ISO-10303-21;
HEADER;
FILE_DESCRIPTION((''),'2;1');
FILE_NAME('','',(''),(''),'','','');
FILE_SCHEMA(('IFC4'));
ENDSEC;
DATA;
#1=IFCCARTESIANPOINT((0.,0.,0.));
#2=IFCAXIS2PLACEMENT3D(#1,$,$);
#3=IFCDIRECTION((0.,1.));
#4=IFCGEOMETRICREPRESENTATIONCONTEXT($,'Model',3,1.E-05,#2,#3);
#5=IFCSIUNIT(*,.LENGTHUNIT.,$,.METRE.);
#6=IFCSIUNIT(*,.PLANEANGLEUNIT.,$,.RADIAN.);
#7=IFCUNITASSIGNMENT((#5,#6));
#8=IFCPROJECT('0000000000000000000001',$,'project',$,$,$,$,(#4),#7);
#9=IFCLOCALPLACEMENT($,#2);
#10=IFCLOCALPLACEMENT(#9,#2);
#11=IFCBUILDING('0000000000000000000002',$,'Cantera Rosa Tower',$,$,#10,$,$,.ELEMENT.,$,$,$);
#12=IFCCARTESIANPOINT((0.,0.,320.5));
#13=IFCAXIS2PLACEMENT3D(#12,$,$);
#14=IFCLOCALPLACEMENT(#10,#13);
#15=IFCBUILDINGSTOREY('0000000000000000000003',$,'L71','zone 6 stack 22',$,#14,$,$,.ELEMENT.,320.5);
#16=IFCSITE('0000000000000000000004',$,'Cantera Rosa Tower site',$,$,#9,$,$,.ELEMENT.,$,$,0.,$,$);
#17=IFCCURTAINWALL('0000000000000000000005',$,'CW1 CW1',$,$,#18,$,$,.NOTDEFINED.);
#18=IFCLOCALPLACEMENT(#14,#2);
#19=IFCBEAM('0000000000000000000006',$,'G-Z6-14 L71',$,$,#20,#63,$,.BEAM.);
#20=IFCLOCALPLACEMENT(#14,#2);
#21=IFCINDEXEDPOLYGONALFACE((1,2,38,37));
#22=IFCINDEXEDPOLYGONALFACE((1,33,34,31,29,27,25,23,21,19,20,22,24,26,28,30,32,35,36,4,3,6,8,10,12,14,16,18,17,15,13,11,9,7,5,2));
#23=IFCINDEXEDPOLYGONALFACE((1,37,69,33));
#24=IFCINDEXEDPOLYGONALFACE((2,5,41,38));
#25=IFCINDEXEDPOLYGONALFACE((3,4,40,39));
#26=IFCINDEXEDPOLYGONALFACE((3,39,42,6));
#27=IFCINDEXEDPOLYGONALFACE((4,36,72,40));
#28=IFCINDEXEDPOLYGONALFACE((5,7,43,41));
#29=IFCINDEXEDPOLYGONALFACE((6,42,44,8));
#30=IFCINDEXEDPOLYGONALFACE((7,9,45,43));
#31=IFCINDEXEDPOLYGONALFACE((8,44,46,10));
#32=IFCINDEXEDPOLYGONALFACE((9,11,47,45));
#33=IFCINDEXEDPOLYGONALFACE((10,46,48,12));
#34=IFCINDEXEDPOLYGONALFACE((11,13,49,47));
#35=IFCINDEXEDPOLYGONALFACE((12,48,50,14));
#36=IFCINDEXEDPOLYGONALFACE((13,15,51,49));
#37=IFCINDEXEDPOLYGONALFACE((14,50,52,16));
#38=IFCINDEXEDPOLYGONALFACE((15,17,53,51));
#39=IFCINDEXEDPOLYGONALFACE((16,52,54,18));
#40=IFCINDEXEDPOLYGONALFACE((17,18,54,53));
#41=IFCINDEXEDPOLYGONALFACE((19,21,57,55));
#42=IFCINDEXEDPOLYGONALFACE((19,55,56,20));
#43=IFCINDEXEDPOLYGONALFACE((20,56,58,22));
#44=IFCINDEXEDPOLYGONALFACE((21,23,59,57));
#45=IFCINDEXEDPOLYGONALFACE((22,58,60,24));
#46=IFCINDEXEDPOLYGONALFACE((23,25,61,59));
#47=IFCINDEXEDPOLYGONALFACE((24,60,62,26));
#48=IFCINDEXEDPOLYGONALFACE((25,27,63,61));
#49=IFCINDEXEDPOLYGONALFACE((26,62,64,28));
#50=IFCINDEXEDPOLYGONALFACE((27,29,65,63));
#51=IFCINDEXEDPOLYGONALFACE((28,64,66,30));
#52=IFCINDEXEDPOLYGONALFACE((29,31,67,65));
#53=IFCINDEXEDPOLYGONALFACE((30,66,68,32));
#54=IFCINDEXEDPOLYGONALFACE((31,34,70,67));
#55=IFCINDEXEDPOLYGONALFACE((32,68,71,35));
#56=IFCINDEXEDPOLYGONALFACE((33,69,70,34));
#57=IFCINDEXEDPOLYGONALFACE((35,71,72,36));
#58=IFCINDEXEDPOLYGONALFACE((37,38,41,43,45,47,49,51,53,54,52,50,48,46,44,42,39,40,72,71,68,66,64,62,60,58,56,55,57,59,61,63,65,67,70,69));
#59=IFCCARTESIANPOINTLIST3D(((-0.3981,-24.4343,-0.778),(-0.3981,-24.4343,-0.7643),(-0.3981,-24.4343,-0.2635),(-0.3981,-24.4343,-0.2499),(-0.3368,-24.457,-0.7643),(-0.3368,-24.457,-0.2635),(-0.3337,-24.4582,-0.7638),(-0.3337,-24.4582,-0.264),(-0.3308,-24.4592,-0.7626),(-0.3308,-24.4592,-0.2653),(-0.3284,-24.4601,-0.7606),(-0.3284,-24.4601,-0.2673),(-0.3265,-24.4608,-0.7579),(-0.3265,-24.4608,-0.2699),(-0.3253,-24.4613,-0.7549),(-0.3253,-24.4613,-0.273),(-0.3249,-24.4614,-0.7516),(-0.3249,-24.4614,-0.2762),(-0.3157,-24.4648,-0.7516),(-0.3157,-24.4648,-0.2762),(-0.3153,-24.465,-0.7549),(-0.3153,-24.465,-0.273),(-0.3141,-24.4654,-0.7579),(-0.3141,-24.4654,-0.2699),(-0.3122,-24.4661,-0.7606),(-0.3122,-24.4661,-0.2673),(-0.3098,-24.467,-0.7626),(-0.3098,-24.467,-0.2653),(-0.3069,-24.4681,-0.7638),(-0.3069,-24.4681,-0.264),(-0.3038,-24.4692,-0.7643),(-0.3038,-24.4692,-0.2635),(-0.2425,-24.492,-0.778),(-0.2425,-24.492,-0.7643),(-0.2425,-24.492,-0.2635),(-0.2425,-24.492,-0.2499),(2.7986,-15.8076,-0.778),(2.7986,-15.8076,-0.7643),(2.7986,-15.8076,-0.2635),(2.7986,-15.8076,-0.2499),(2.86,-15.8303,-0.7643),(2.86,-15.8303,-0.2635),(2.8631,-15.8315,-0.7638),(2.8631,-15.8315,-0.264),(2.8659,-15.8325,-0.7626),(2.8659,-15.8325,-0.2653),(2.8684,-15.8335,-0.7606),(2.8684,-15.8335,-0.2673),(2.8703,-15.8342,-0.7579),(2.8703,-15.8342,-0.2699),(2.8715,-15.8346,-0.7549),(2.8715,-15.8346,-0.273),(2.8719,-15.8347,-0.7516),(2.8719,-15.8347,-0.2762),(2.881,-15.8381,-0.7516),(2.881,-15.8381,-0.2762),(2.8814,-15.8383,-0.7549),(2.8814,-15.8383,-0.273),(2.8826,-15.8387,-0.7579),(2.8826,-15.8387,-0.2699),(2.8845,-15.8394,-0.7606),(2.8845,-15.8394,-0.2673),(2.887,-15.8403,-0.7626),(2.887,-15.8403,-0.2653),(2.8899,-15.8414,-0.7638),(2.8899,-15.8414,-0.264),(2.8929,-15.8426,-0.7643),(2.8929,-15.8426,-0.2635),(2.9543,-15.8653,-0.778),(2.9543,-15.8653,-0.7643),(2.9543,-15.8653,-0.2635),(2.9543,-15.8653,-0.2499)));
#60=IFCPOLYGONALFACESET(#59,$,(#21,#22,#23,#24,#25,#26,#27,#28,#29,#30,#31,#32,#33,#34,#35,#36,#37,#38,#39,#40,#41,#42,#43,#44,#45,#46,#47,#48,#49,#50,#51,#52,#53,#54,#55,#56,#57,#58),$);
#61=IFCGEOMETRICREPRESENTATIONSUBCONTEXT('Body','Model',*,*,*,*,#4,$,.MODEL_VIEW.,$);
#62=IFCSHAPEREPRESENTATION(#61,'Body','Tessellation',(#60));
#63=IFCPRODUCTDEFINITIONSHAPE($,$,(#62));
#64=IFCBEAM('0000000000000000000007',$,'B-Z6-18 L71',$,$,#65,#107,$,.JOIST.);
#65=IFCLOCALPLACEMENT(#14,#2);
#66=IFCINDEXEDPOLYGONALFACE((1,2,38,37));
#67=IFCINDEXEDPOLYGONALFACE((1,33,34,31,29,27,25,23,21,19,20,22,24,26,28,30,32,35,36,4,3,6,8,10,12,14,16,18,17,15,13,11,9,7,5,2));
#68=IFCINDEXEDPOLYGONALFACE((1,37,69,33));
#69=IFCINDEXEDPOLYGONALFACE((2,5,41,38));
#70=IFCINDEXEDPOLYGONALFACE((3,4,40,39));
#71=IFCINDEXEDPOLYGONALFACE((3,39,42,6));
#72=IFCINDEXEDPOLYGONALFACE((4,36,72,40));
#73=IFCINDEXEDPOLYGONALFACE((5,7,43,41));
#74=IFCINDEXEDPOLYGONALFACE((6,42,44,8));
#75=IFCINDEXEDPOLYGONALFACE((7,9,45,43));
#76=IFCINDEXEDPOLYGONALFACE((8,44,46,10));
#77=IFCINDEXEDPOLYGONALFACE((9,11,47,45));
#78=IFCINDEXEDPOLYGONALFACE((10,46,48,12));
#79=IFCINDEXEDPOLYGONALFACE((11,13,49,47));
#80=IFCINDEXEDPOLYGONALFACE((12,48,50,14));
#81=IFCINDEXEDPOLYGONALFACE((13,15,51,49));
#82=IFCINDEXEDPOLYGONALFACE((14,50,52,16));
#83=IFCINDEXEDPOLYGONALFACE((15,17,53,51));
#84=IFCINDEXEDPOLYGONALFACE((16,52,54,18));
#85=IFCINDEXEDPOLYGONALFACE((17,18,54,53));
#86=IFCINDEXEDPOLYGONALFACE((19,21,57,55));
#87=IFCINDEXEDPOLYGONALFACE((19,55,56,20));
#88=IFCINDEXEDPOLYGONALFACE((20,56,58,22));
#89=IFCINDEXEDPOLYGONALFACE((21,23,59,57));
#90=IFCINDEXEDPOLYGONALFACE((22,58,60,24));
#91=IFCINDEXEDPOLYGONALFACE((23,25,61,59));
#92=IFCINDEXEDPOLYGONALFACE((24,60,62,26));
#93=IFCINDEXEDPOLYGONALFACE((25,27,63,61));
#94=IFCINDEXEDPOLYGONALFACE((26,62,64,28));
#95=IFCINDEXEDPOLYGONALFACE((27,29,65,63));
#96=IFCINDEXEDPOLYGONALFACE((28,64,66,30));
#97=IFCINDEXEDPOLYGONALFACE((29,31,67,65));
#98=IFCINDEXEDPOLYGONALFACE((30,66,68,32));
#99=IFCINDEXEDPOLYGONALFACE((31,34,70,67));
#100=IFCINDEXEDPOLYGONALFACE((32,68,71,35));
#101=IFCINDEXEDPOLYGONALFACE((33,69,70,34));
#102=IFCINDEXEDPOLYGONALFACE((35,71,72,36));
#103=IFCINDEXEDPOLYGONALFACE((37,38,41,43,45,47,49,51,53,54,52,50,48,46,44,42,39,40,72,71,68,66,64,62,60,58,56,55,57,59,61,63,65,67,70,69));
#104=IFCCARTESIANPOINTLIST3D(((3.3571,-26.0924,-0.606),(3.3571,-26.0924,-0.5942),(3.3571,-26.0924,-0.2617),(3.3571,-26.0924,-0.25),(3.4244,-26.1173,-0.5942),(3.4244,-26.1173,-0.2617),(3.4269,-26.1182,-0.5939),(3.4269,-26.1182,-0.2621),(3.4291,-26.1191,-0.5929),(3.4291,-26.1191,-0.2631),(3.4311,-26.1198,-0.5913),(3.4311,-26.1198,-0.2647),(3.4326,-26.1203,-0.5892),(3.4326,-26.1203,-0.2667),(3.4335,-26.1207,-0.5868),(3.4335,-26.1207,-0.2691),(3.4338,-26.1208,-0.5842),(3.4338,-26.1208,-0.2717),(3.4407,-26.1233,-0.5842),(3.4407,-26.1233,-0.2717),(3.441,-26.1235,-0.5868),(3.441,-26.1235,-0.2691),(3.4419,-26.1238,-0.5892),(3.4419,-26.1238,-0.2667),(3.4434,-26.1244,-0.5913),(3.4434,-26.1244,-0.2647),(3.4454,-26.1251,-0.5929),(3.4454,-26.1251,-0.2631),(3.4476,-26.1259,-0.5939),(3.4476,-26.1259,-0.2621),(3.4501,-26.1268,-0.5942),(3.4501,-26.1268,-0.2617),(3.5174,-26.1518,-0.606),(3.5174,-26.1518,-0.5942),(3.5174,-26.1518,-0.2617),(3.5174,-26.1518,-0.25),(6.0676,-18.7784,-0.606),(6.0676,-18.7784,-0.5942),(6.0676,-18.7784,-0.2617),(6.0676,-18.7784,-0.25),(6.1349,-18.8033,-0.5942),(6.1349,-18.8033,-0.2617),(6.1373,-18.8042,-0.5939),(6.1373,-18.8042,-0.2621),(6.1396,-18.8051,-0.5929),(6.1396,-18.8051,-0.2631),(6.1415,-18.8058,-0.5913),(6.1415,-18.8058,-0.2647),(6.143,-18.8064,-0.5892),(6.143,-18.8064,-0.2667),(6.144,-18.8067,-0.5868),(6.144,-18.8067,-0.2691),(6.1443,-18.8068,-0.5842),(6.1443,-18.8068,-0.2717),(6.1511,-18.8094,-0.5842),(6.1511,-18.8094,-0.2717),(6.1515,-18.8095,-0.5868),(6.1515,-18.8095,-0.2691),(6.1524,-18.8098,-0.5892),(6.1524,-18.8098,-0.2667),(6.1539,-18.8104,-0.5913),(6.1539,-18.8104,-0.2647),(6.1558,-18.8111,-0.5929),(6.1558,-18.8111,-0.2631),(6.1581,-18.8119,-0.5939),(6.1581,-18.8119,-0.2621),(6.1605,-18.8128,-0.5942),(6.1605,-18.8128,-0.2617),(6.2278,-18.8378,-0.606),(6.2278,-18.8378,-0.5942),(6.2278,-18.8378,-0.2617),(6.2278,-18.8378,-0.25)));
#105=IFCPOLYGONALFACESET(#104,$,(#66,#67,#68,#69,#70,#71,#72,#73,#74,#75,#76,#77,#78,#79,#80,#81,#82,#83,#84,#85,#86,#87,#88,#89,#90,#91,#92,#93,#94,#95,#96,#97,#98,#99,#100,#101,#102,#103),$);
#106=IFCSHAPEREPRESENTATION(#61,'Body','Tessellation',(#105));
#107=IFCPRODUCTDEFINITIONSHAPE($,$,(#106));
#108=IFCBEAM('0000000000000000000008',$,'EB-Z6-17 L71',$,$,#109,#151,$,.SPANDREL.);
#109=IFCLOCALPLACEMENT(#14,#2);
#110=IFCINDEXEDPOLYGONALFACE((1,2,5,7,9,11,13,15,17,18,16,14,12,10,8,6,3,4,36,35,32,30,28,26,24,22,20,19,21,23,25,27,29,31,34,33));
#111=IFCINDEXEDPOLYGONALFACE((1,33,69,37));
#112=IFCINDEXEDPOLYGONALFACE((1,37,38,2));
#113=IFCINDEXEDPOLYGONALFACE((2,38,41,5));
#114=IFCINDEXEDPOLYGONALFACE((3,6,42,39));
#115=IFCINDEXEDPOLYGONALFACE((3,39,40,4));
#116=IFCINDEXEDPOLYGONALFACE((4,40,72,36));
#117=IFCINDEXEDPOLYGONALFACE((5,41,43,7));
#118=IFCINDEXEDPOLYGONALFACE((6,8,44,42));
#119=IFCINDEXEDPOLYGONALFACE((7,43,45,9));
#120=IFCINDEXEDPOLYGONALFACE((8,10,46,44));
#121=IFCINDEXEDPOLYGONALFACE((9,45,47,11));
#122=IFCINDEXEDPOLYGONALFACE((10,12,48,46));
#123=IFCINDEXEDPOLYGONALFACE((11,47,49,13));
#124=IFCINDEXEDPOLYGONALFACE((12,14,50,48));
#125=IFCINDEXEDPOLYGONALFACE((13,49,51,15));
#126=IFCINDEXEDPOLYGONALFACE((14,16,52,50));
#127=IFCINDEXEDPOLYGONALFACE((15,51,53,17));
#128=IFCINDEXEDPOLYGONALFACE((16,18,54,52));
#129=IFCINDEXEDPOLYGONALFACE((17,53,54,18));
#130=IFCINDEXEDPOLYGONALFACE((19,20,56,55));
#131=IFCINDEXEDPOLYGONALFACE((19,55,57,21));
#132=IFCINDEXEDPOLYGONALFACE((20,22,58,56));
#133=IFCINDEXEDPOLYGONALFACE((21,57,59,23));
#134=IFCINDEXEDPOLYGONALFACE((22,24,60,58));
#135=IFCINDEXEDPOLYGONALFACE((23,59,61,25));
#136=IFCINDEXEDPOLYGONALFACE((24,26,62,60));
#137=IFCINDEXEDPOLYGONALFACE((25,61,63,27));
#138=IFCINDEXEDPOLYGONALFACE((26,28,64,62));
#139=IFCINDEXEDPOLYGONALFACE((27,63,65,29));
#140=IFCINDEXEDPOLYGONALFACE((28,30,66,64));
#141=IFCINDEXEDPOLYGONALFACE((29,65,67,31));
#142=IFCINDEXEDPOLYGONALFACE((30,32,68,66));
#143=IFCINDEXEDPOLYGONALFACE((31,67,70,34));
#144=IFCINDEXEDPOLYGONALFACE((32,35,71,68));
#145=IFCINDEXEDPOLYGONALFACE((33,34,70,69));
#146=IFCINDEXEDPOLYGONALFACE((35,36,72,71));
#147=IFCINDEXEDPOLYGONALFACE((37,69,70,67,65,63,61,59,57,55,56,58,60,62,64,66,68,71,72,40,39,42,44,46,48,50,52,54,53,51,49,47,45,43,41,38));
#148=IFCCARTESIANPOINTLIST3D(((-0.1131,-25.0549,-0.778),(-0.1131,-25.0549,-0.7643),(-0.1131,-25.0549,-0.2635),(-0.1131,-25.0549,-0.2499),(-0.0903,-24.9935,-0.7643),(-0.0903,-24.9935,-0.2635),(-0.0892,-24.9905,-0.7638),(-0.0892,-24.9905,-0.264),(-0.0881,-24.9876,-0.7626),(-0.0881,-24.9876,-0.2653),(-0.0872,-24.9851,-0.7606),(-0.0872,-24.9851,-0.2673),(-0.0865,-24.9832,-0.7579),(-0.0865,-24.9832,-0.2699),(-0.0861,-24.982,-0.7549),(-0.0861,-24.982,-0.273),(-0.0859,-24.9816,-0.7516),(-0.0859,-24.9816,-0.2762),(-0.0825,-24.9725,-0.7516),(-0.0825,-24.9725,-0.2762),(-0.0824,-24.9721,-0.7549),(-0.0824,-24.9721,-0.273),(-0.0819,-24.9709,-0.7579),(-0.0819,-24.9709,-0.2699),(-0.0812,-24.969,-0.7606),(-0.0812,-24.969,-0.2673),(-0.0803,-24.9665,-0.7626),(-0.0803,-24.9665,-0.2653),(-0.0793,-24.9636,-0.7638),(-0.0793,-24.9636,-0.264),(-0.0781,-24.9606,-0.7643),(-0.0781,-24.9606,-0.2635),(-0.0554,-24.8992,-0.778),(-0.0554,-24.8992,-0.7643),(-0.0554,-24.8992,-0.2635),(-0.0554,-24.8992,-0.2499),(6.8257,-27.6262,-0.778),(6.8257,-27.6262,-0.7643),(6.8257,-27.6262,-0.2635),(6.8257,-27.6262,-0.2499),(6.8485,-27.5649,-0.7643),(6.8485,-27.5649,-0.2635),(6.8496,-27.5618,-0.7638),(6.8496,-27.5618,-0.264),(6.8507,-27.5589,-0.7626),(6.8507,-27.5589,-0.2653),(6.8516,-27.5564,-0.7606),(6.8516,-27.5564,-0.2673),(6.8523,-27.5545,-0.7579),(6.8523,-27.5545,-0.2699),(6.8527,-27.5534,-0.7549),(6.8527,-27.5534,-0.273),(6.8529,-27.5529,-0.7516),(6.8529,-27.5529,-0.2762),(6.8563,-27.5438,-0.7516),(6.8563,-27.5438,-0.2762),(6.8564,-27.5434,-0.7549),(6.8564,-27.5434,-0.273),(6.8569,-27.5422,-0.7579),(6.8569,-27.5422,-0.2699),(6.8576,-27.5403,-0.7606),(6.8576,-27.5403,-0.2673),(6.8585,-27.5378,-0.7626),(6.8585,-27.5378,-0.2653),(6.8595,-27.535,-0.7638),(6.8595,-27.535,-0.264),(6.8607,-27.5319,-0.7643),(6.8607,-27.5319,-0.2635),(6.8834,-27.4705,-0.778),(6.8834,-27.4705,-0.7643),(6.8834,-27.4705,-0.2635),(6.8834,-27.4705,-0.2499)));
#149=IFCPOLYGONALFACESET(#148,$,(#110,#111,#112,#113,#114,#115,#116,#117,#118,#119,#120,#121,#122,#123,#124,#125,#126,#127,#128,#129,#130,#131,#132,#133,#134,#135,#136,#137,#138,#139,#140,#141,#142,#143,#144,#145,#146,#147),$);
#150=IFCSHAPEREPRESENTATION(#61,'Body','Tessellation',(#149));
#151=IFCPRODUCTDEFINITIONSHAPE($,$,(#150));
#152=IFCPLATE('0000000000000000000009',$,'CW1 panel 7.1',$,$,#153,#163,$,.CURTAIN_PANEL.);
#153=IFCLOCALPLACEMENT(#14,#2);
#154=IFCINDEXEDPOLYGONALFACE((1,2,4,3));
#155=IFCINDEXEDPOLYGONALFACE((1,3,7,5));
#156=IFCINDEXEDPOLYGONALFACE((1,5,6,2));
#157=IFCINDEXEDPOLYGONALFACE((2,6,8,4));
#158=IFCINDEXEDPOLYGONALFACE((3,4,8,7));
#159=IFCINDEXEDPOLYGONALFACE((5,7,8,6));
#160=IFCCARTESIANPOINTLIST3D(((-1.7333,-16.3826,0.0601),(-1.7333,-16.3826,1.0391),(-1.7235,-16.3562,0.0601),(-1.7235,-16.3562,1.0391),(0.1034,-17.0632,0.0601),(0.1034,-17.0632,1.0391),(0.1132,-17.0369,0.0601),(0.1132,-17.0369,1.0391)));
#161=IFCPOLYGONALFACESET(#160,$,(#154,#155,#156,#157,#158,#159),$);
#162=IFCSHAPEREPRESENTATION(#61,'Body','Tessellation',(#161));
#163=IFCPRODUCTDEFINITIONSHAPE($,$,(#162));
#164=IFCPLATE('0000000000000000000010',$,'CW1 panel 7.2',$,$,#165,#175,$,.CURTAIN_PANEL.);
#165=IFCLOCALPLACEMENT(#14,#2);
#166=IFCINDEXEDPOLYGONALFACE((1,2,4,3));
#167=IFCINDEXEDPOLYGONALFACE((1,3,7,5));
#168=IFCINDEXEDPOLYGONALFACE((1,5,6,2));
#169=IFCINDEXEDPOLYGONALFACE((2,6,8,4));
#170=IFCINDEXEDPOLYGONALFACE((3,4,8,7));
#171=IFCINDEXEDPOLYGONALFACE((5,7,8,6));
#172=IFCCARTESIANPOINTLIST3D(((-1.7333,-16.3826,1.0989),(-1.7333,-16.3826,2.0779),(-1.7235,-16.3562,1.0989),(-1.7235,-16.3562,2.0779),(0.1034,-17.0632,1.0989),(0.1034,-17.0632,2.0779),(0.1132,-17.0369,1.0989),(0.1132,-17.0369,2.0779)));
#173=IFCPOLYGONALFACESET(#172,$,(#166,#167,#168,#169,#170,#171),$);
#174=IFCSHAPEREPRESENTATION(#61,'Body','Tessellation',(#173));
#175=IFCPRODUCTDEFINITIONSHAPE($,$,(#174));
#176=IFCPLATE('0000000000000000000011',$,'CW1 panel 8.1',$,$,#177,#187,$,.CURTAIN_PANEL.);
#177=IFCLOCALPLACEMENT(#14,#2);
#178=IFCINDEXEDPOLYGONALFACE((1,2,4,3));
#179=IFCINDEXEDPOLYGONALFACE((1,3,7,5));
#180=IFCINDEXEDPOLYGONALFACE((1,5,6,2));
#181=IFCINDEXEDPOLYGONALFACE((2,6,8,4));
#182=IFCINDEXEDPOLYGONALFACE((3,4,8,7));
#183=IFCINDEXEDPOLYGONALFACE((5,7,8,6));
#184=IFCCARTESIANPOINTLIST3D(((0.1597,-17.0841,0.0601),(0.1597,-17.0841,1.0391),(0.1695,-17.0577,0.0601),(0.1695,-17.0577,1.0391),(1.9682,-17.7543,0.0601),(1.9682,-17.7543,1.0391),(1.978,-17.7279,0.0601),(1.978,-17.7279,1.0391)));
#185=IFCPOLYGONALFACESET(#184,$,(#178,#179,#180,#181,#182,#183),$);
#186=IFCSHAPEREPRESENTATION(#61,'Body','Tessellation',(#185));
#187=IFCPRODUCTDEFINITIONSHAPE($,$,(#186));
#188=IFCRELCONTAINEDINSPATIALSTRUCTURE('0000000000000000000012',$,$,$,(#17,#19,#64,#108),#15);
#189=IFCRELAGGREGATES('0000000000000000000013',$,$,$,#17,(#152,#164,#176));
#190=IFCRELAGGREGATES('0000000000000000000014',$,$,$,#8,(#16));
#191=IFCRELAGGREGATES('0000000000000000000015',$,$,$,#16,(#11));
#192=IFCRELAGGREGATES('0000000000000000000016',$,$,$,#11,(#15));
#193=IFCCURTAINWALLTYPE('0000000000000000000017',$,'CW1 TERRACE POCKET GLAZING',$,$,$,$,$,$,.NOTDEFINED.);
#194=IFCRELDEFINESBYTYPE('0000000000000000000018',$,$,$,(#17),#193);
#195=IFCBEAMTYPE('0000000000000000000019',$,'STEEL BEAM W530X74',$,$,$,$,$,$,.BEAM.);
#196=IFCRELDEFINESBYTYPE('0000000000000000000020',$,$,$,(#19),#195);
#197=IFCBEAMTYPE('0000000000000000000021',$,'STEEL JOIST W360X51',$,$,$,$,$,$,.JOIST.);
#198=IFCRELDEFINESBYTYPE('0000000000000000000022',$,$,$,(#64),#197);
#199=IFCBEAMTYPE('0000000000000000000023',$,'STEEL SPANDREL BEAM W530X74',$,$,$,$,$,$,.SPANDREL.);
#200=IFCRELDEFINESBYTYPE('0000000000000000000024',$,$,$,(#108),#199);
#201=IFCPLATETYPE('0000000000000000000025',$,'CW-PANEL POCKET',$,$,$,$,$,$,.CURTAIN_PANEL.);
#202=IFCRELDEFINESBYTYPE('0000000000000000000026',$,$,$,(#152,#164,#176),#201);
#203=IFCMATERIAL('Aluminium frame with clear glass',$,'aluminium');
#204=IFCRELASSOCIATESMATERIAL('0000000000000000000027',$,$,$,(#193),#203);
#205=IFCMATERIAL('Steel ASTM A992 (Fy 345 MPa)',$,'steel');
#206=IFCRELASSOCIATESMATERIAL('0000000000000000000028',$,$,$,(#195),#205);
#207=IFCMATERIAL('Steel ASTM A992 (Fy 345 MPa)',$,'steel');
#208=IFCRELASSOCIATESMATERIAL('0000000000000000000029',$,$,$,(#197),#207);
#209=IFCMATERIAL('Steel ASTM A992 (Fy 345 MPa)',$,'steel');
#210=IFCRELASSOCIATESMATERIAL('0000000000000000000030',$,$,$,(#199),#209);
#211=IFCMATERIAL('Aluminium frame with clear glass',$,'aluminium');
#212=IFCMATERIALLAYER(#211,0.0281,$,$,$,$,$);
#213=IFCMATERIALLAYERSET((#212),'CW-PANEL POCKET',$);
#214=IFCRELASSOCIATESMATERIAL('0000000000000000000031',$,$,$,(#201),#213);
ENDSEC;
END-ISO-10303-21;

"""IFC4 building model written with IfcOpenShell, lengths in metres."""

from ifc_helpers import new_model, si_unit, direction, frame, origin, origin_2d, place, context, subcontext, project, spatial, rectangle, i_section, extrude, material, layer, layer_set, material_profile, profile_set, type_object, element, aggregate, save


model = new_model("IFC4")

# Units and contexts
model_context = context("Model", 3, precision=1e-05, world=origin(), true_north=direction((0.0, 1.0)))
body_context = subcontext(model_context, "Body", "Model", "MODEL_VIEW")
ifc_project = project(units=[si_unit("LENGTHUNIT", "METRE"), si_unit("PLANEANGLEUNIT", "RADIAN")], contexts=[model_context])

# Site, building, storey
site_placement = place(None, origin())
site = spatial("IfcSite", under=ifc_project, at=site_placement, Name="Cantera Rosa Tower site", CompositionType="ELEMENT", RefElevation=0.0)
building_placement = place(site_placement, origin())
building = spatial("IfcBuilding", under=site, at=building_placement, Name="Cantera Rosa Tower", CompositionType="ELEMENT")
storey_placement = place(building_placement, frame((0.0, 0.0, 320.5)))
storey = spatial("IfcBuildingStorey", under=building, at=storey_placement, Name="L71", Description="zone 6 stack 22", CompositionType="ELEMENT", Elevation=320.5)

# Curtain wall
ifc_material_1 = material(Name="Aluminium frame with clear glass", Category="aluminium")
curtain_wall_type = type_object("IfcCurtainWallType", Name="CW1 TERRACE POCKET GLAZING", PredefinedType="NOTDEFINED", material=ifc_material_1)
curtain_wall_placement = place(storey_placement, origin())
curtain_wall = element("IfcCurtainWall", 1, at=curtain_wall_placement, inside=storey, type_object=curtain_wall_type, Name="CW1 CW1", PredefinedType="NOTDEFINED")

# Beams
ifc_material_2 = material(Name="Steel ASTM A992 (Fy 345 MPa)", Category="steel")
ifc_material_profile_1 = material_profile(ifc_material_2, i_section(OverallWidth=0.166, OverallDepth=0.5281, WebThickness=0.0098, FlangeThickness=0.0137, FilletRadius=0.0127, at=origin_2d()), Name="W530X74")
ifc_profile_set_1 = profile_set([ifc_material_profile_1], Name="Steel ASTM A992 (Fy 345 MPa)")
beam_type_1 = type_object("IfcBeamType", Name="STEEL BEAM W530X74", PredefinedType="BEAM", material=ifc_profile_set_1)
beam_1_placement = place(storey_placement, frame((-0.3203, -24.4631, -0.5139), z_axis=(0.347477, 0.937689, 0.0), x_axis=(-0.937689, 0.347477, 0.0)))
element("IfcBeam", 2, at=beam_1_placement, inside=storey, type_object=beam_type_1, Name="G-Z6-14 L71", PredefinedType="BEAM", context=body_context, shape_type="SweptSolid", body=[
    extrude(i_section(OverallWidth=0.166, OverallDepth=0.5281, WebThickness=0.0098, FlangeThickness=0.0137, FilletRadius=0.0127, at=origin_2d()), origin(), (0.0, 0.0, 1.0), 9.2),
])
ifc_material_3 = material(Name="Steel ASTM A992 (Fy 345 MPa)", Category="steel")
ifc_material_profile_2 = material_profile(ifc_material_3, i_section(OverallWidth=0.1709, OverallDepth=0.356, WebThickness=0.0073, FlangeThickness=0.0117, FilletRadius=0.01, at=origin_2d()), Name="W360X51")
ifc_profile_set_2 = profile_set([ifc_material_profile_2], Name="Steel ASTM A992 (Fy 345 MPa)")
beam_type_2 = type_object("IfcBeamType", Name="STEEL JOIST W360X51", PredefinedType="JOIST", material=ifc_profile_set_2)
beam_2_placement = place(storey_placement, frame((3.4373, -26.1221, -0.428), z_axis=(0.347492, 0.937683, 0.0), x_axis=(-0.937683, 0.347492, 0.0)))
element("IfcBeam", 3, at=beam_2_placement, inside=storey, type_object=beam_type_2, Name="B-Z6-18 L71", PredefinedType="JOIST", context=body_context, shape_type="SweptSolid", body=[
    extrude(i_section(OverallWidth=0.1709, OverallDepth=0.356, WebThickness=0.0073, FlangeThickness=0.0117, FilletRadius=0.01, at=origin_2d()), origin(), (0.0, 0.0, 1.0), 7.8),
])
ifc_material_4 = material(Name="Steel ASTM A992 (Fy 345 MPa)", Category="steel")
ifc_material_profile_3 = material_profile(ifc_material_4, i_section(OverallWidth=0.166, OverallDepth=0.5281, WebThickness=0.0098, FlangeThickness=0.0137, FilletRadius=0.0127, at=origin_2d()), Name="W530X74")
ifc_profile_set_3 = profile_set([ifc_material_profile_3], Name="Steel ASTM A992 (Fy 345 MPa)")
beam_type_3 = type_object("IfcBeamType", Name="STEEL SPANDREL BEAM W530X74", PredefinedType="SPANDREL", material=ifc_profile_set_3)
beam_3_placement = place(storey_placement, frame((-0.0842, -24.9771, -0.5139), z_axis=(0.937687, -0.34748, 0.0), x_axis=(0.34748, 0.937687, 0.0)))
element("IfcBeam", 4, at=beam_3_placement, inside=storey, type_object=beam_type_3, Name="EB-Z6-17 L71", PredefinedType="SPANDREL", context=body_context, shape_type="SweptSolid", body=[
    extrude(i_section(OverallWidth=0.166, OverallDepth=0.5281, WebThickness=0.0098, FlangeThickness=0.0137, FilletRadius=0.0127, at=origin_2d()), origin(), (0.0, 0.0, 1.0), 7.3999),
])

# Plates
ifc_material_5 = material(Name="Aluminium frame with clear glass", Category="aluminium")
ifc_layer_1 = layer(ifc_material_5, 0.0281)
ifc_layer_set_1 = layer_set([ifc_layer_1], Name="CW-PANEL POCKET")
plate_type_1 = type_object("IfcPlateType", Name="CW-PANEL POCKET", PredefinedType="CURTAIN_PANEL", material=ifc_layer_set_1)
plate_1_placement = place(storey_placement, frame((-0.8101, -16.7097, 0.0601), z_axis=(0.0, 0.0, 1.0), x_axis=(0.937687, -0.347481, 0.0)))
plate_1 = element("IfcPlate", 5, at=plate_1_placement, type_object=plate_type_1, Name="CW1 panel 7.1", PredefinedType="CURTAIN_PANEL", context=body_context, shape_type="SweptSolid", body=[
    extrude(rectangle(XDim=1.9587, YDim=0.0281, at=origin_2d()), origin(), (0.0, 0.0, 1.0), 0.979),
])
plate_2_placement = place(storey_placement, frame((-0.8101, -16.7097, 1.0989), z_axis=(0.0, 0.0, 1.0), x_axis=(0.937687, -0.347481, 0.0)))
plate_2 = element("IfcPlate", 6, at=plate_2_placement, type_object=plate_type_1, Name="CW1 panel 7.2", PredefinedType="CURTAIN_PANEL", context=body_context, shape_type="SweptSolid", body=[
    extrude(rectangle(XDim=1.9587, YDim=0.0281, at=origin_2d()), origin(), (0.0, 0.0, 1.0), 0.979),
])
plate_3_placement = place(storey_placement, frame((1.0688, -17.406, 0.0601), z_axis=(0.0, 0.0, 1.0), x_axis=(0.937687, -0.347481, 0.0)))
plate_3 = element("IfcPlate", 7, at=plate_3_placement, type_object=plate_type_1, Name="CW1 panel 8.1", PredefinedType="CURTAIN_PANEL", context=body_context, shape_type="SweptSolid", body=[
    extrude(rectangle(XDim=1.9287, YDim=0.0281, at=origin_2d()), origin(), (0.0, 0.0, 1.0), 0.979),
])
aggregate(curtain_wall, [plate_1, plate_2, plate_3])

save(model, "model.ifc")
